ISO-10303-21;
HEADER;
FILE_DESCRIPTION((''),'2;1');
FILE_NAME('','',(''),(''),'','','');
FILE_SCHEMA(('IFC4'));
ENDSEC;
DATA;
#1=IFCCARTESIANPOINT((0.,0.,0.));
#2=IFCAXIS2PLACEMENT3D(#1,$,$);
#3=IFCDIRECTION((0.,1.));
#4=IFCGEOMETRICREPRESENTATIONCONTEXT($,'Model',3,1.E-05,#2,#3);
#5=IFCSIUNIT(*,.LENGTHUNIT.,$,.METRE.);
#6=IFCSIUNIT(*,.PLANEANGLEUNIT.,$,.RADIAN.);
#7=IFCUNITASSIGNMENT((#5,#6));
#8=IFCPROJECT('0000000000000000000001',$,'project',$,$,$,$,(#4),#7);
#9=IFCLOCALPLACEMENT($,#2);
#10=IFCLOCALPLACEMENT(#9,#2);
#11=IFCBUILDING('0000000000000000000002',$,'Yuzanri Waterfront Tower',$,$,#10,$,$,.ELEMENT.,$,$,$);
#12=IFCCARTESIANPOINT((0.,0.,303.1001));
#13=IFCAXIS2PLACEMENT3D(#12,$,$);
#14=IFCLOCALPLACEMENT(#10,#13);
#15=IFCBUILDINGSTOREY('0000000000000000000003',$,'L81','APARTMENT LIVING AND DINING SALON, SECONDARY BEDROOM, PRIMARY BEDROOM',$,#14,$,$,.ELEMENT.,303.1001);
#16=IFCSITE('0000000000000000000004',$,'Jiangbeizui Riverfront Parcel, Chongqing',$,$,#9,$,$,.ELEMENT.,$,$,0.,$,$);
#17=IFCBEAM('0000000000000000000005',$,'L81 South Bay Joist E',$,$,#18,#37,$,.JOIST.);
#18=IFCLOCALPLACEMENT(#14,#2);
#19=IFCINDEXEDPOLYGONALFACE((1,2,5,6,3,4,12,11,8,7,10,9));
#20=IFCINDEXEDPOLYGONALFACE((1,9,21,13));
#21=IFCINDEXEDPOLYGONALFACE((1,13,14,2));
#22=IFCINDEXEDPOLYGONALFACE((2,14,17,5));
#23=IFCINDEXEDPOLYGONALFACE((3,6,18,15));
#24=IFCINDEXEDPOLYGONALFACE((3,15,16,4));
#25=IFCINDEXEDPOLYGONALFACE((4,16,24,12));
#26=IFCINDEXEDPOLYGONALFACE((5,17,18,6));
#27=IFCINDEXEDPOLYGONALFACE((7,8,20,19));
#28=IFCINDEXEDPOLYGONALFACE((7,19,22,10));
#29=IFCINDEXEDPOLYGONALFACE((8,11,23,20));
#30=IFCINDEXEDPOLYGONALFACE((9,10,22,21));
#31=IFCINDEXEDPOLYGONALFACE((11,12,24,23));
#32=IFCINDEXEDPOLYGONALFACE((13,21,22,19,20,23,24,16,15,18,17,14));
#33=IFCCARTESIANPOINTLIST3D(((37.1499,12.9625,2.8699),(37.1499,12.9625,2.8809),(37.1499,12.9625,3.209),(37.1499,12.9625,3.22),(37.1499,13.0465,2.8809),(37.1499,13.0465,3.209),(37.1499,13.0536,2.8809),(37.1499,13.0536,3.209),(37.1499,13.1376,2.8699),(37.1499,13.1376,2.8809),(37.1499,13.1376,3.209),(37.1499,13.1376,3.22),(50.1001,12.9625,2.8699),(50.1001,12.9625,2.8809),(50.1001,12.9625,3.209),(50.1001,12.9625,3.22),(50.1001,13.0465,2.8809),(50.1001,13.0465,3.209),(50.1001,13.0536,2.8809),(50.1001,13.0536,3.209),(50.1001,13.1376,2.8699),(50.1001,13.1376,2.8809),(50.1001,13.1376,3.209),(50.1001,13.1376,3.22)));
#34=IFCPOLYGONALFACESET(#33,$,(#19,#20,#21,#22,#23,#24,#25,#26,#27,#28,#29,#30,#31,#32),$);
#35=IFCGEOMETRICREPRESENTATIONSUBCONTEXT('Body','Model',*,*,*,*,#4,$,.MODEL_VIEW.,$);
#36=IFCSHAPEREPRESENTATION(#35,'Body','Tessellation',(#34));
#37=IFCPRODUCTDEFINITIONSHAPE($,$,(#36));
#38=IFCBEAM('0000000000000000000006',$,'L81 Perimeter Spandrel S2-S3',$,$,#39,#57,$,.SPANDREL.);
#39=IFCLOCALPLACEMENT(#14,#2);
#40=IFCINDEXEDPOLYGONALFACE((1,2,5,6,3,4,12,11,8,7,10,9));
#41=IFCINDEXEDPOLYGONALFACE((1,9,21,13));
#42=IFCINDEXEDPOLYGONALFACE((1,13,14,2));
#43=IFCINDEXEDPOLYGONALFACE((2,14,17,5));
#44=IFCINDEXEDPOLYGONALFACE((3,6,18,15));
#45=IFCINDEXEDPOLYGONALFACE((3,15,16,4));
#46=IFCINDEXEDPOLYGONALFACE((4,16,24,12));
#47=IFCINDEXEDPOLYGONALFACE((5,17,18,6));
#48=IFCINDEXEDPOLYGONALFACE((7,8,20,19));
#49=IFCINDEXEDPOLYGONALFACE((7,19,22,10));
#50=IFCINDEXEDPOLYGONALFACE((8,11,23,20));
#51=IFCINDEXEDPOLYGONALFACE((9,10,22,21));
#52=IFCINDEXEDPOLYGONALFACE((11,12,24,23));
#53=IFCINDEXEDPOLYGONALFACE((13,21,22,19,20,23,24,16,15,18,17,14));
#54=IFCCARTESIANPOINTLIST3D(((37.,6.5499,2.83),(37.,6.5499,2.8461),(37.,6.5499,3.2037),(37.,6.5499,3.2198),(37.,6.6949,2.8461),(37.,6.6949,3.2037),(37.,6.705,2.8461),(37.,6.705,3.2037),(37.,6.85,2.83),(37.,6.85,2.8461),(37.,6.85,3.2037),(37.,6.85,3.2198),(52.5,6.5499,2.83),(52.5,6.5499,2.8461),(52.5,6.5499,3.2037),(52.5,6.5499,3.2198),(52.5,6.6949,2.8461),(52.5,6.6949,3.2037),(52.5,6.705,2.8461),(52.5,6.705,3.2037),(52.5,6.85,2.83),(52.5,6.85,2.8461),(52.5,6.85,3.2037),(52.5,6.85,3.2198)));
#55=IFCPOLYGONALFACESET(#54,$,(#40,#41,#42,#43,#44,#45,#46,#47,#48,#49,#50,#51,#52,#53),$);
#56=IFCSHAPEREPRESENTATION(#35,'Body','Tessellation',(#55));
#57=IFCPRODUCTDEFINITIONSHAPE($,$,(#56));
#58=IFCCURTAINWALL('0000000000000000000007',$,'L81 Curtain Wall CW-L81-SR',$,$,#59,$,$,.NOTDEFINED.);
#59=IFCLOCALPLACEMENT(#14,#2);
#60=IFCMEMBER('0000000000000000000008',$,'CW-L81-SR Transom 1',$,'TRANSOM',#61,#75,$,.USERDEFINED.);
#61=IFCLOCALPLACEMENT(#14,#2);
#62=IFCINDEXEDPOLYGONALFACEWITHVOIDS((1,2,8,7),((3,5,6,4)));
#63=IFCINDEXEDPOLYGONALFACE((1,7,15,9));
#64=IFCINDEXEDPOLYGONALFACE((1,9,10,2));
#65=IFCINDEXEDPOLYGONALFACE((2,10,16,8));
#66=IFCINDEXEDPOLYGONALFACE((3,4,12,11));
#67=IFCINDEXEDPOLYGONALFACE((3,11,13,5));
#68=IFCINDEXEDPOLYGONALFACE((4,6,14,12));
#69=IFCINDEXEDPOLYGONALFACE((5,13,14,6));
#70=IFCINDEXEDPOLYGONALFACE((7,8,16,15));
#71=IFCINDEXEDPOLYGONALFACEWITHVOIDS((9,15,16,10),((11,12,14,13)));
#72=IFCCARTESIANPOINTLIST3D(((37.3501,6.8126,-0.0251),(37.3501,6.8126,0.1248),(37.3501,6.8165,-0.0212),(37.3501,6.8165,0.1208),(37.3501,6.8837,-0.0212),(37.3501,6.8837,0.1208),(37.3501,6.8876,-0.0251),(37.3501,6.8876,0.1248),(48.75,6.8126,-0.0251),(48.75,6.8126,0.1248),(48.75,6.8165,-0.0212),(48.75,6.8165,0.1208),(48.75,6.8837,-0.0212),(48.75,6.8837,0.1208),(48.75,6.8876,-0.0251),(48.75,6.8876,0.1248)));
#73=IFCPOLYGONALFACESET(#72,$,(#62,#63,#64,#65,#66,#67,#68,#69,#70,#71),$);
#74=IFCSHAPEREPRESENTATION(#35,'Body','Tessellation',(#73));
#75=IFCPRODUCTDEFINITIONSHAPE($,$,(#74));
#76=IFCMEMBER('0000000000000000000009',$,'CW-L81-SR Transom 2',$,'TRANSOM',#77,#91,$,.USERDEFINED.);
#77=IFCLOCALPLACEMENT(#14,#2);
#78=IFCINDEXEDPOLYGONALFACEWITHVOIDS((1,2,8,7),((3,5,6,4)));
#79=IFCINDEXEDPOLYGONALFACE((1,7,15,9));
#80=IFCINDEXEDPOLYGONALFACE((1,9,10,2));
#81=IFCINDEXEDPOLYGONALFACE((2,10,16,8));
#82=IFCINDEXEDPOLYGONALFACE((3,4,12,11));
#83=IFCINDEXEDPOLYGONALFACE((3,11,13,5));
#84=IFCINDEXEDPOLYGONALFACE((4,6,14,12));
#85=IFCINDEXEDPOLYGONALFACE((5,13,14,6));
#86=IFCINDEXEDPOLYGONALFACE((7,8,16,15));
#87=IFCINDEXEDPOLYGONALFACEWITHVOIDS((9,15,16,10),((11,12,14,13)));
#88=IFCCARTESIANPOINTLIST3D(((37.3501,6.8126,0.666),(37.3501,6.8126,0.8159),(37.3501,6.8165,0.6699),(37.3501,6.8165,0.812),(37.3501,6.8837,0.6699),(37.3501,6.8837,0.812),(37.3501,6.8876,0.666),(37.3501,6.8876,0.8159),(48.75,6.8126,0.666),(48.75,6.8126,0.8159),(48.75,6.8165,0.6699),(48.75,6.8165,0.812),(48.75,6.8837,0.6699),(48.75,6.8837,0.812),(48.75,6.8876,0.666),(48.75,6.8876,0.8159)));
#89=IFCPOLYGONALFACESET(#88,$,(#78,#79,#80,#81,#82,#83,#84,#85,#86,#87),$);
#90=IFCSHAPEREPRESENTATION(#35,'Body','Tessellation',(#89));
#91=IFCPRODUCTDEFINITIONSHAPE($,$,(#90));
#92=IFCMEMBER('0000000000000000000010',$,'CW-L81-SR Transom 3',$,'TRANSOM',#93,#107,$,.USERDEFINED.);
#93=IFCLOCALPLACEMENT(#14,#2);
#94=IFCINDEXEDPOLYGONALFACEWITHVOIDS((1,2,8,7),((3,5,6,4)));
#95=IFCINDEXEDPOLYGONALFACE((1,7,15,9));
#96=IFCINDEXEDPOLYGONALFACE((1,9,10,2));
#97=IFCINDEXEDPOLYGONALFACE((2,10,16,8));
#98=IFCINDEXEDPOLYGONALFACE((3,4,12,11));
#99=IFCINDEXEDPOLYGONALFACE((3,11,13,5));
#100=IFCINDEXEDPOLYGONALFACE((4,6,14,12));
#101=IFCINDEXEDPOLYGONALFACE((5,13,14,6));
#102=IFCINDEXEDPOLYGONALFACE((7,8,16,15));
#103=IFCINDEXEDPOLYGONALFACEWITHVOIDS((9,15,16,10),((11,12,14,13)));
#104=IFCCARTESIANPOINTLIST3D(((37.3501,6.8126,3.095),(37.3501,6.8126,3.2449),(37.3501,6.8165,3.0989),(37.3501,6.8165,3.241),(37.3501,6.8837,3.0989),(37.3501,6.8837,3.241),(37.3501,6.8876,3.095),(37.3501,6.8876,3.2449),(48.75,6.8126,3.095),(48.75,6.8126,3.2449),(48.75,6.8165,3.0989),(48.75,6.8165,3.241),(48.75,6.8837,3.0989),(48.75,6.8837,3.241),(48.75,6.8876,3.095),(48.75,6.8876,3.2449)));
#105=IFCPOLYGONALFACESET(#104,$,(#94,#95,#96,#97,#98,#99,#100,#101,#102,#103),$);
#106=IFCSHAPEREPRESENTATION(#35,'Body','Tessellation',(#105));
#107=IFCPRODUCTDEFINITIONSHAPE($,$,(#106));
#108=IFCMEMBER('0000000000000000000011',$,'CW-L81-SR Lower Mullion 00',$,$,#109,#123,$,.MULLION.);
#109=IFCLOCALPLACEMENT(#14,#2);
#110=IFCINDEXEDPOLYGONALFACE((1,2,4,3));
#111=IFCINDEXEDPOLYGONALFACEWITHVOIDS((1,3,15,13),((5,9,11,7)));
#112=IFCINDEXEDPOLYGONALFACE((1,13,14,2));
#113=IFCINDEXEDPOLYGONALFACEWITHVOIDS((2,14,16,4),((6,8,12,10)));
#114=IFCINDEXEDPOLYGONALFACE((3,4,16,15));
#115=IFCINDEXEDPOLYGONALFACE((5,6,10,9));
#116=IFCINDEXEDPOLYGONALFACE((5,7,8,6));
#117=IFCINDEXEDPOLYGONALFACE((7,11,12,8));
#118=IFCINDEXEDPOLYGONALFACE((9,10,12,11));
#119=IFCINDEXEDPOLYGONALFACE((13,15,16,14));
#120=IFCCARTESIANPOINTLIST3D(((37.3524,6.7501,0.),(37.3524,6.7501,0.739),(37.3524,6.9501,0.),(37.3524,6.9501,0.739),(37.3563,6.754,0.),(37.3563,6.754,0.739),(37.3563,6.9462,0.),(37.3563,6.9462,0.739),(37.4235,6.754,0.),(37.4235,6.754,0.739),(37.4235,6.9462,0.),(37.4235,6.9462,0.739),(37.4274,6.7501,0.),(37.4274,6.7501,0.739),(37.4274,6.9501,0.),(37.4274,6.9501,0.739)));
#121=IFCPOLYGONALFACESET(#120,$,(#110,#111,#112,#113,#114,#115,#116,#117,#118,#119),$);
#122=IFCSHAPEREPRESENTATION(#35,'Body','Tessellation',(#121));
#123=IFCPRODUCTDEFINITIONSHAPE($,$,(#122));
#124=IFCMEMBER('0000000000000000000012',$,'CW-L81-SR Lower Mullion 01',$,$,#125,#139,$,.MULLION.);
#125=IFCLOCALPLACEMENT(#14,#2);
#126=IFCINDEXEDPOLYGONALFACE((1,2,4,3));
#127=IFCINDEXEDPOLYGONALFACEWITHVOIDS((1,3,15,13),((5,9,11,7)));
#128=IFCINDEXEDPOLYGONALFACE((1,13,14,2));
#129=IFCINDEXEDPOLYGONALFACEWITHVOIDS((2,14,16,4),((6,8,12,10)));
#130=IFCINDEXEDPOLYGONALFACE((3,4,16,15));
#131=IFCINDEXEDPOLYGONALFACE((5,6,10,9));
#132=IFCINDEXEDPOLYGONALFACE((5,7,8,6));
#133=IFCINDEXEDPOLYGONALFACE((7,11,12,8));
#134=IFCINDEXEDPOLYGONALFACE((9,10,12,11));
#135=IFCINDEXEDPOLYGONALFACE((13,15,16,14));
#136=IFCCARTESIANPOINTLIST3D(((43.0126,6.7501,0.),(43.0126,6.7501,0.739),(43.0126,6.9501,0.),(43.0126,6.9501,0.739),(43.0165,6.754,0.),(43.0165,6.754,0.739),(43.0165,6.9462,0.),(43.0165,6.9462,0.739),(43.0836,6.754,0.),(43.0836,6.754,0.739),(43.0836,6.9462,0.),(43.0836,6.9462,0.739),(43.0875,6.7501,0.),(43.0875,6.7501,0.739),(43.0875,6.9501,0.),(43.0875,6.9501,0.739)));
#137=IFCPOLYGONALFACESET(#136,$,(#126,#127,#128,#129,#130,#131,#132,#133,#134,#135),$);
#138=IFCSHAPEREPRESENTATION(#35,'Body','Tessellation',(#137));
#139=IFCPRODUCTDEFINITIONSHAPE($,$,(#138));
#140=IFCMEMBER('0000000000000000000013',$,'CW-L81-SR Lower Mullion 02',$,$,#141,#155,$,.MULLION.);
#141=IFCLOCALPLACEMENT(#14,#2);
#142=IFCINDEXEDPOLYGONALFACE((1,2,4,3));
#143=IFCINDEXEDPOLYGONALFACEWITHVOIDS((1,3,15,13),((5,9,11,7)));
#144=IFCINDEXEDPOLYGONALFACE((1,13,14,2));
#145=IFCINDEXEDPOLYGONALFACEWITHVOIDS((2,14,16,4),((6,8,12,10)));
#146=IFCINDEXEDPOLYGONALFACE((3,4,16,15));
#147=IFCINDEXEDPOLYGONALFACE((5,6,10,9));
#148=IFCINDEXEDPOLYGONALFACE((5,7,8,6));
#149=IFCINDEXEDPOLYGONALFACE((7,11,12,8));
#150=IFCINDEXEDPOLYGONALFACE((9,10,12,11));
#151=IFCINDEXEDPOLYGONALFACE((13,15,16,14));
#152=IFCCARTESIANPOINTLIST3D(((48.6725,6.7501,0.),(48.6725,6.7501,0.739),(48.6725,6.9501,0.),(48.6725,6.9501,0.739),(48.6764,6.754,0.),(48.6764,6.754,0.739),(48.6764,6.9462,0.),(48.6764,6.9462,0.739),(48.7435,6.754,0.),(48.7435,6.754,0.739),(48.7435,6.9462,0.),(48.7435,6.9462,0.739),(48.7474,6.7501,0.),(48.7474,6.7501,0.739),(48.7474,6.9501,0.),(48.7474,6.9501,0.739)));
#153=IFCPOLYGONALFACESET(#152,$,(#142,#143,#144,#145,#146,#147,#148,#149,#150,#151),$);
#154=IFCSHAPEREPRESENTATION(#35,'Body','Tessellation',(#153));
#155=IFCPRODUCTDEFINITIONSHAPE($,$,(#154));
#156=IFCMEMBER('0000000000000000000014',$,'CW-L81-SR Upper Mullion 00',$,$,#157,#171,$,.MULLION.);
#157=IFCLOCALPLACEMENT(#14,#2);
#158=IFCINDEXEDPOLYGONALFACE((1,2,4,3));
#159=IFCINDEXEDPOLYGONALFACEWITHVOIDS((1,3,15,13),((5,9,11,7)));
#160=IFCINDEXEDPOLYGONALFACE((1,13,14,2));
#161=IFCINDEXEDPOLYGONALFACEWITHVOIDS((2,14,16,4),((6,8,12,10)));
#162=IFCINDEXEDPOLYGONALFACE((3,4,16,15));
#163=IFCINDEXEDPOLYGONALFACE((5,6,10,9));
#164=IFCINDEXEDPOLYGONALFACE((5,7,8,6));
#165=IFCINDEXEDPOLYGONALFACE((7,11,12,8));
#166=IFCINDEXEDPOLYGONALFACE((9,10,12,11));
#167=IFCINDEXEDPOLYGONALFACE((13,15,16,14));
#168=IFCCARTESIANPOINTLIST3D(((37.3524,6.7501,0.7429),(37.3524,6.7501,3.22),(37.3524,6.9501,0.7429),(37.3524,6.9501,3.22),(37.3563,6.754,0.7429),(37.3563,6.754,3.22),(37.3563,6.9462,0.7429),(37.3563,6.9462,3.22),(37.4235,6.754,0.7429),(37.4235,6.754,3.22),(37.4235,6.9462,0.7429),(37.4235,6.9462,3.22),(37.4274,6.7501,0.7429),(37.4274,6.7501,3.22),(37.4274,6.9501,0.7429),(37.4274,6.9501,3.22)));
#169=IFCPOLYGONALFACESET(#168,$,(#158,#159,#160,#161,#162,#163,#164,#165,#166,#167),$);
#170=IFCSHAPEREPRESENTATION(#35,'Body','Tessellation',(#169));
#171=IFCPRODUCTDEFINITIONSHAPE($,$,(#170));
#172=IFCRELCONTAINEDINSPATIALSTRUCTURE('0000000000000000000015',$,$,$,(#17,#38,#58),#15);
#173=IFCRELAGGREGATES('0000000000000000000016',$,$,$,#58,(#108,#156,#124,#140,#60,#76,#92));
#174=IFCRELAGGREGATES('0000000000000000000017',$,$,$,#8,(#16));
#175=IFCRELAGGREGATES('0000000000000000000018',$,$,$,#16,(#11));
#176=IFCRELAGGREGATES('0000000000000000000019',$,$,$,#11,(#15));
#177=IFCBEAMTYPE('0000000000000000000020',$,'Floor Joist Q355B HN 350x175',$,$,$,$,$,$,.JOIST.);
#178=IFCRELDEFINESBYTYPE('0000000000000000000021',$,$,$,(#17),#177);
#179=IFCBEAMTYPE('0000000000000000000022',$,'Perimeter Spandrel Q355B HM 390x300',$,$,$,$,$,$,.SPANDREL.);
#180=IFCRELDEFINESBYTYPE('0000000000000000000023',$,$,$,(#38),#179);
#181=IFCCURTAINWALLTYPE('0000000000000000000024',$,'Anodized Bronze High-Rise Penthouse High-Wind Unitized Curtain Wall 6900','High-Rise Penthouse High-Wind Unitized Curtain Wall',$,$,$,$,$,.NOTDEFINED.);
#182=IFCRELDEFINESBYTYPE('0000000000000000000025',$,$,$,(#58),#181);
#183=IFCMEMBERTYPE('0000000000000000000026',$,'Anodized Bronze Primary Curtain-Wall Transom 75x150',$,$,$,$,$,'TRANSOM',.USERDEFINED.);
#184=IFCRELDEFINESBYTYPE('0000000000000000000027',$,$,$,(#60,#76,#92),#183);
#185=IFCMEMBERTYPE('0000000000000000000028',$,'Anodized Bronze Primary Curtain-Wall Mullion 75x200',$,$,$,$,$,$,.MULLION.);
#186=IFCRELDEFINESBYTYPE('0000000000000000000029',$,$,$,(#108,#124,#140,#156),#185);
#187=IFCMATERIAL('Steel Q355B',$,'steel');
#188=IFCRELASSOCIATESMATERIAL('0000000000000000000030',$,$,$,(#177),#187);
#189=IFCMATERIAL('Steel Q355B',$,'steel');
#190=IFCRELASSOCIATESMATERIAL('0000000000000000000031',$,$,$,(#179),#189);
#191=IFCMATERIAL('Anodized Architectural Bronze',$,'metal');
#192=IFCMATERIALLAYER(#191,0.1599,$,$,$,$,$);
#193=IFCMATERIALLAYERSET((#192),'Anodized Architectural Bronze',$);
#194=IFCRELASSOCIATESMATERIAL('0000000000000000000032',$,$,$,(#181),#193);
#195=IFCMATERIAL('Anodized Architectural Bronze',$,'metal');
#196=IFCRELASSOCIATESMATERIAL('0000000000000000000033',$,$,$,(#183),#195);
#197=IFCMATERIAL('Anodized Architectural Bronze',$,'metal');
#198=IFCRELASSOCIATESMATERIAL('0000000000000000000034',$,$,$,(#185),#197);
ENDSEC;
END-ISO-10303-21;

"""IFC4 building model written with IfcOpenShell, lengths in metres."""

from ifc_helpers import new_model, si_unit, direction, frame, origin, origin_2d, place, context, subcontext, project, spatial, hollow_rectangle, i_section, extrude, source, transform, mapped, material, layer, layer_set, material_profile, profile_set, type_object, element, aggregate, save


model = new_model("IFC4")

# Units and contexts
model_context = context("Model", 3, precision=1e-05, world=origin(), true_north=direction((0.0, 1.0)))
body_context = subcontext(model_context, "Body", "Model", "MODEL_VIEW")
ifc_project = project(units=[si_unit("LENGTHUNIT", "METRE"), si_unit("PLANEANGLEUNIT", "RADIAN")], contexts=[model_context])

# Site, building, storey
site_placement = place(None, origin())
site = spatial("IfcSite", under=ifc_project, at=site_placement, Name="Jiangbeizui Riverfront Parcel, Chongqing", CompositionType="ELEMENT", RefElevation=0.0)
building_placement = place(site_placement, origin())
building = spatial("IfcBuilding", under=site, at=building_placement, Name="Yuzanri Waterfront Tower", CompositionType="ELEMENT")
storey_placement = place(building_placement, frame((0.0, 0.0, 303.1001)))
storey = spatial("IfcBuildingStorey", under=building, at=storey_placement, Name="L81", Description="APARTMENT LIVING AND DINING SALON, SECONDARY BEDROOM, PRIMARY BEDROOM", CompositionType="ELEMENT", Elevation=303.1001)

# Beams
ifc_material_1 = material(Name="Steel Q355B", Category="steel")
ifc_material_profile_1 = material_profile(ifc_material_1, i_section(OverallWidth=0.175, OverallDepth=0.3501, WebThickness=0.0071, FlangeThickness=0.011, at=origin_2d()), Name="HN 350x175x7x11")
ifc_profile_set_1 = profile_set([ifc_material_profile_1], Name="Steel Q355B")
beam_type_1 = type_object("IfcBeamType", Name="Floor Joist Q355B HN 350x175", PredefinedType="JOIST", material=ifc_profile_set_1)
shared_shape_1 = source(origin(), body_context, "Body", "SweptSolid", [
    extrude(i_section(OverallWidth=0.175, OverallDepth=0.3501, WebThickness=0.0071, FlangeThickness=0.011, at=origin_2d()), origin(), (0.0, 0.0, 1.0), 12.9502),
])
beam_1_placement = place(storey_placement, frame((37.1499, 13.05, 3.0449), z_axis=(1.0, 0.0, 0.0), x_axis=(0.0, 1.0, 0.0)))
element("IfcBeam", 1, at=beam_1_placement, inside=storey, type_object=beam_type_1, Name="L81 South Bay Joist E", PredefinedType="JOIST", context=body_context, shape_type="MappedRepresentation", body=[
    mapped(shared_shape_1, transform((0.0, 0.0, 0.0), scale=1.0)),
])
ifc_material_2 = material(Name="Steel Q355B", Category="steel")
ifc_material_profile_2 = material_profile(ifc_material_2, i_section(OverallWidth=0.3, OverallDepth=0.3899, WebThickness=0.01, FlangeThickness=0.0161, at=origin_2d()), Name="HM 390x300x10x16")
ifc_profile_set_2 = profile_set([ifc_material_profile_2], Name="Steel Q355B")
beam_type_2 = type_object("IfcBeamType", Name="Perimeter Spandrel Q355B HM 390x300", PredefinedType="SPANDREL", material=ifc_profile_set_2)
shared_shape_2 = source(origin(), body_context, "Body", "SweptSolid", [
    extrude(i_section(OverallWidth=0.3, OverallDepth=0.3899, WebThickness=0.01, FlangeThickness=0.0161, at=origin_2d()), origin(), (0.0, 0.0, 1.0), 15.5),
])
beam_2_placement = place(storey_placement, frame((37.0, 6.7, 3.0249), z_axis=(1.0, 0.0, 0.0), x_axis=(0.0, 1.0, 0.0)))
element("IfcBeam", 2, at=beam_2_placement, inside=storey, type_object=beam_type_2, Name="L81 Perimeter Spandrel S2-S3", PredefinedType="SPANDREL", context=body_context, shape_type="MappedRepresentation", body=[
    mapped(shared_shape_2, transform((0.0, 0.0, 0.0), scale=1.0)),
])

# Curtain wall, members
ifc_material_3 = material(Name="Anodized Architectural Bronze", Category="metal")
ifc_layer_1 = layer(ifc_material_3, 0.1599)
ifc_layer_set_1 = layer_set([ifc_layer_1], Name="Anodized Architectural Bronze")
curtain_wall_type = type_object("IfcCurtainWallType", Name="Anodized Bronze High-Rise Penthouse High-Wind Unitized Curtain Wall 6900", Description="High-Rise Penthouse High-Wind Unitized Curtain Wall", PredefinedType="NOTDEFINED", material=ifc_layer_set_1)
curtain_wall_placement = place(storey_placement, origin())
curtain_wall = element("IfcCurtainWall", 3, at=curtain_wall_placement, inside=storey, type_object=curtain_wall_type, Name="L81 Curtain Wall CW-L81-SR", PredefinedType="NOTDEFINED")
ifc_material_4 = material(Name="Anodized Architectural Bronze", Category="metal")
ifc_material_profile_3 = material_profile(ifc_material_4, hollow_rectangle(XDim=0.075, YDim=0.1499, WallThickness=0.0039, at=origin_2d()), Name="CWT 75x150")
ifc_profile_set_3 = profile_set([ifc_material_profile_3], Name="Anodized Architectural Bronze")
member_type_1 = type_object("IfcMemberType", Name="Anodized Bronze Primary Curtain-Wall Transom 75x150", ElementType="TRANSOM", PredefinedType="USERDEFINED", material=ifc_profile_set_3)
shared_shape_3 = source(origin(), body_context, "Body", "SweptSolid", [
    extrude(hollow_rectangle(XDim=0.075, YDim=0.1499, WallThickness=0.0039, at=origin_2d()), origin(), (0.0, 0.0, 1.0), 11.3999),
])
member_1_placement = place(storey_placement, frame((37.3501, 6.8501, 0.0498), z_axis=(1.0, 0.0, 0.0), x_axis=(0.0, 1.0, 0.0)))
member_1 = element("IfcMember", 4, at=member_1_placement, type_object=member_type_1, Name="CW-L81-SR Transom 1", ObjectType="TRANSOM", PredefinedType="USERDEFINED", context=body_context, shape_type="MappedRepresentation", body=[
    mapped(shared_shape_3, transform((0.0, 0.0, 0.0), scale=1.0)),
])
member_2_placement = place(storey_placement, frame((37.3501, 6.8501, 0.741), z_axis=(1.0, 0.0, 0.0), x_axis=(0.0, 1.0, 0.0)))
member_2 = element("IfcMember", 5, at=member_2_placement, type_object=member_type_1, Name="CW-L81-SR Transom 2", ObjectType="TRANSOM", PredefinedType="USERDEFINED", context=body_context, shape_type="MappedRepresentation", body=[
    mapped(shared_shape_3, transform((0.0, 0.0, 0.0), scale=1.0)),
])
member_3_placement = place(storey_placement, frame((37.3501, 6.8501, 3.1699), z_axis=(1.0, 0.0, 0.0), x_axis=(0.0, 1.0, 0.0)))
member_3 = element("IfcMember", 6, at=member_3_placement, type_object=member_type_1, Name="CW-L81-SR Transom 3", ObjectType="TRANSOM", PredefinedType="USERDEFINED", context=body_context, shape_type="MappedRepresentation", body=[
    mapped(shared_shape_3, transform((0.0, 0.0, 0.0), scale=1.0)),
])
ifc_material_5 = material(Name="Anodized Architectural Bronze", Category="metal")
ifc_material_profile_4 = material_profile(ifc_material_5, hollow_rectangle(XDim=0.075, YDim=0.2, WallThickness=0.0039, at=origin_2d()), Name="CWM 75x200")
ifc_profile_set_4 = profile_set([ifc_material_profile_4], Name="Anodized Architectural Bronze")
member_type_2 = type_object("IfcMemberType", Name="Anodized Bronze Primary Curtain-Wall Mullion 75x200", PredefinedType="MULLION", material=ifc_profile_set_4)
shared_shape_4 = source(origin(), body_context, "Body", "SweptSolid", [
    extrude(hollow_rectangle(XDim=0.075, YDim=0.2, WallThickness=0.0039, at=origin_2d()), origin(), (0.0, 0.0, 1.0), 0.739),
])
member_4_placement = place(storey_placement, frame((37.3899, 6.8501, 0.0), z_axis=(0.0, 0.0, 1.0), x_axis=(1.0, 0.0, 0.0)))
member_4 = element("IfcMember", 7, at=member_4_placement, type_object=member_type_2, Name="CW-L81-SR Lower Mullion 00", PredefinedType="MULLION", context=body_context, shape_type="MappedRepresentation", body=[
    mapped(shared_shape_4, transform((0.0, 0.0, 0.0), scale=1.0)),
])
member_5_placement = place(storey_placement, frame((43.05, 6.8501, 0.0), z_axis=(0.0, 0.0, 1.0), x_axis=(1.0, 0.0, 0.0)))
member_5 = element("IfcMember", 8, at=member_5_placement, type_object=member_type_2, Name="CW-L81-SR Lower Mullion 01", PredefinedType="MULLION", context=body_context, shape_type="MappedRepresentation", body=[
    mapped(shared_shape_4, transform((0.0, 0.0, 0.0), scale=1.0)),
])
member_6_placement = place(storey_placement, frame((48.71, 6.8501, 0.0), z_axis=(0.0, 0.0, 1.0), x_axis=(1.0, 0.0, 0.0)))
member_6 = element("IfcMember", 9, at=member_6_placement, type_object=member_type_2, Name="CW-L81-SR Lower Mullion 02", PredefinedType="MULLION", context=body_context, shape_type="MappedRepresentation", body=[
    mapped(shared_shape_4, transform((0.0, 0.0, 0.0), scale=1.0)),
])
shared_shape_5 = source(origin(), body_context, "Body", "SweptSolid", [
    extrude(hollow_rectangle(XDim=0.075, YDim=0.2, WallThickness=0.0039, at=origin_2d()), origin(), (0.0, 0.0, 1.0), 2.4771),
])
member_7_placement = place(storey_placement, frame((37.3899, 6.8501, 0.7429), z_axis=(0.0, 0.0, 1.0), x_axis=(1.0, 0.0, 0.0)))
member_7 = element("IfcMember", 10, at=member_7_placement, type_object=member_type_2, Name="CW-L81-SR Upper Mullion 00", PredefinedType="MULLION", context=body_context, shape_type="MappedRepresentation", body=[
    mapped(shared_shape_5, transform((0.0, 0.0, 0.0), scale=1.0)),
])
aggregate(curtain_wall, [member_4, member_7, member_5, member_6, member_1, member_2, member_3])

save(model, "model.ifc")
